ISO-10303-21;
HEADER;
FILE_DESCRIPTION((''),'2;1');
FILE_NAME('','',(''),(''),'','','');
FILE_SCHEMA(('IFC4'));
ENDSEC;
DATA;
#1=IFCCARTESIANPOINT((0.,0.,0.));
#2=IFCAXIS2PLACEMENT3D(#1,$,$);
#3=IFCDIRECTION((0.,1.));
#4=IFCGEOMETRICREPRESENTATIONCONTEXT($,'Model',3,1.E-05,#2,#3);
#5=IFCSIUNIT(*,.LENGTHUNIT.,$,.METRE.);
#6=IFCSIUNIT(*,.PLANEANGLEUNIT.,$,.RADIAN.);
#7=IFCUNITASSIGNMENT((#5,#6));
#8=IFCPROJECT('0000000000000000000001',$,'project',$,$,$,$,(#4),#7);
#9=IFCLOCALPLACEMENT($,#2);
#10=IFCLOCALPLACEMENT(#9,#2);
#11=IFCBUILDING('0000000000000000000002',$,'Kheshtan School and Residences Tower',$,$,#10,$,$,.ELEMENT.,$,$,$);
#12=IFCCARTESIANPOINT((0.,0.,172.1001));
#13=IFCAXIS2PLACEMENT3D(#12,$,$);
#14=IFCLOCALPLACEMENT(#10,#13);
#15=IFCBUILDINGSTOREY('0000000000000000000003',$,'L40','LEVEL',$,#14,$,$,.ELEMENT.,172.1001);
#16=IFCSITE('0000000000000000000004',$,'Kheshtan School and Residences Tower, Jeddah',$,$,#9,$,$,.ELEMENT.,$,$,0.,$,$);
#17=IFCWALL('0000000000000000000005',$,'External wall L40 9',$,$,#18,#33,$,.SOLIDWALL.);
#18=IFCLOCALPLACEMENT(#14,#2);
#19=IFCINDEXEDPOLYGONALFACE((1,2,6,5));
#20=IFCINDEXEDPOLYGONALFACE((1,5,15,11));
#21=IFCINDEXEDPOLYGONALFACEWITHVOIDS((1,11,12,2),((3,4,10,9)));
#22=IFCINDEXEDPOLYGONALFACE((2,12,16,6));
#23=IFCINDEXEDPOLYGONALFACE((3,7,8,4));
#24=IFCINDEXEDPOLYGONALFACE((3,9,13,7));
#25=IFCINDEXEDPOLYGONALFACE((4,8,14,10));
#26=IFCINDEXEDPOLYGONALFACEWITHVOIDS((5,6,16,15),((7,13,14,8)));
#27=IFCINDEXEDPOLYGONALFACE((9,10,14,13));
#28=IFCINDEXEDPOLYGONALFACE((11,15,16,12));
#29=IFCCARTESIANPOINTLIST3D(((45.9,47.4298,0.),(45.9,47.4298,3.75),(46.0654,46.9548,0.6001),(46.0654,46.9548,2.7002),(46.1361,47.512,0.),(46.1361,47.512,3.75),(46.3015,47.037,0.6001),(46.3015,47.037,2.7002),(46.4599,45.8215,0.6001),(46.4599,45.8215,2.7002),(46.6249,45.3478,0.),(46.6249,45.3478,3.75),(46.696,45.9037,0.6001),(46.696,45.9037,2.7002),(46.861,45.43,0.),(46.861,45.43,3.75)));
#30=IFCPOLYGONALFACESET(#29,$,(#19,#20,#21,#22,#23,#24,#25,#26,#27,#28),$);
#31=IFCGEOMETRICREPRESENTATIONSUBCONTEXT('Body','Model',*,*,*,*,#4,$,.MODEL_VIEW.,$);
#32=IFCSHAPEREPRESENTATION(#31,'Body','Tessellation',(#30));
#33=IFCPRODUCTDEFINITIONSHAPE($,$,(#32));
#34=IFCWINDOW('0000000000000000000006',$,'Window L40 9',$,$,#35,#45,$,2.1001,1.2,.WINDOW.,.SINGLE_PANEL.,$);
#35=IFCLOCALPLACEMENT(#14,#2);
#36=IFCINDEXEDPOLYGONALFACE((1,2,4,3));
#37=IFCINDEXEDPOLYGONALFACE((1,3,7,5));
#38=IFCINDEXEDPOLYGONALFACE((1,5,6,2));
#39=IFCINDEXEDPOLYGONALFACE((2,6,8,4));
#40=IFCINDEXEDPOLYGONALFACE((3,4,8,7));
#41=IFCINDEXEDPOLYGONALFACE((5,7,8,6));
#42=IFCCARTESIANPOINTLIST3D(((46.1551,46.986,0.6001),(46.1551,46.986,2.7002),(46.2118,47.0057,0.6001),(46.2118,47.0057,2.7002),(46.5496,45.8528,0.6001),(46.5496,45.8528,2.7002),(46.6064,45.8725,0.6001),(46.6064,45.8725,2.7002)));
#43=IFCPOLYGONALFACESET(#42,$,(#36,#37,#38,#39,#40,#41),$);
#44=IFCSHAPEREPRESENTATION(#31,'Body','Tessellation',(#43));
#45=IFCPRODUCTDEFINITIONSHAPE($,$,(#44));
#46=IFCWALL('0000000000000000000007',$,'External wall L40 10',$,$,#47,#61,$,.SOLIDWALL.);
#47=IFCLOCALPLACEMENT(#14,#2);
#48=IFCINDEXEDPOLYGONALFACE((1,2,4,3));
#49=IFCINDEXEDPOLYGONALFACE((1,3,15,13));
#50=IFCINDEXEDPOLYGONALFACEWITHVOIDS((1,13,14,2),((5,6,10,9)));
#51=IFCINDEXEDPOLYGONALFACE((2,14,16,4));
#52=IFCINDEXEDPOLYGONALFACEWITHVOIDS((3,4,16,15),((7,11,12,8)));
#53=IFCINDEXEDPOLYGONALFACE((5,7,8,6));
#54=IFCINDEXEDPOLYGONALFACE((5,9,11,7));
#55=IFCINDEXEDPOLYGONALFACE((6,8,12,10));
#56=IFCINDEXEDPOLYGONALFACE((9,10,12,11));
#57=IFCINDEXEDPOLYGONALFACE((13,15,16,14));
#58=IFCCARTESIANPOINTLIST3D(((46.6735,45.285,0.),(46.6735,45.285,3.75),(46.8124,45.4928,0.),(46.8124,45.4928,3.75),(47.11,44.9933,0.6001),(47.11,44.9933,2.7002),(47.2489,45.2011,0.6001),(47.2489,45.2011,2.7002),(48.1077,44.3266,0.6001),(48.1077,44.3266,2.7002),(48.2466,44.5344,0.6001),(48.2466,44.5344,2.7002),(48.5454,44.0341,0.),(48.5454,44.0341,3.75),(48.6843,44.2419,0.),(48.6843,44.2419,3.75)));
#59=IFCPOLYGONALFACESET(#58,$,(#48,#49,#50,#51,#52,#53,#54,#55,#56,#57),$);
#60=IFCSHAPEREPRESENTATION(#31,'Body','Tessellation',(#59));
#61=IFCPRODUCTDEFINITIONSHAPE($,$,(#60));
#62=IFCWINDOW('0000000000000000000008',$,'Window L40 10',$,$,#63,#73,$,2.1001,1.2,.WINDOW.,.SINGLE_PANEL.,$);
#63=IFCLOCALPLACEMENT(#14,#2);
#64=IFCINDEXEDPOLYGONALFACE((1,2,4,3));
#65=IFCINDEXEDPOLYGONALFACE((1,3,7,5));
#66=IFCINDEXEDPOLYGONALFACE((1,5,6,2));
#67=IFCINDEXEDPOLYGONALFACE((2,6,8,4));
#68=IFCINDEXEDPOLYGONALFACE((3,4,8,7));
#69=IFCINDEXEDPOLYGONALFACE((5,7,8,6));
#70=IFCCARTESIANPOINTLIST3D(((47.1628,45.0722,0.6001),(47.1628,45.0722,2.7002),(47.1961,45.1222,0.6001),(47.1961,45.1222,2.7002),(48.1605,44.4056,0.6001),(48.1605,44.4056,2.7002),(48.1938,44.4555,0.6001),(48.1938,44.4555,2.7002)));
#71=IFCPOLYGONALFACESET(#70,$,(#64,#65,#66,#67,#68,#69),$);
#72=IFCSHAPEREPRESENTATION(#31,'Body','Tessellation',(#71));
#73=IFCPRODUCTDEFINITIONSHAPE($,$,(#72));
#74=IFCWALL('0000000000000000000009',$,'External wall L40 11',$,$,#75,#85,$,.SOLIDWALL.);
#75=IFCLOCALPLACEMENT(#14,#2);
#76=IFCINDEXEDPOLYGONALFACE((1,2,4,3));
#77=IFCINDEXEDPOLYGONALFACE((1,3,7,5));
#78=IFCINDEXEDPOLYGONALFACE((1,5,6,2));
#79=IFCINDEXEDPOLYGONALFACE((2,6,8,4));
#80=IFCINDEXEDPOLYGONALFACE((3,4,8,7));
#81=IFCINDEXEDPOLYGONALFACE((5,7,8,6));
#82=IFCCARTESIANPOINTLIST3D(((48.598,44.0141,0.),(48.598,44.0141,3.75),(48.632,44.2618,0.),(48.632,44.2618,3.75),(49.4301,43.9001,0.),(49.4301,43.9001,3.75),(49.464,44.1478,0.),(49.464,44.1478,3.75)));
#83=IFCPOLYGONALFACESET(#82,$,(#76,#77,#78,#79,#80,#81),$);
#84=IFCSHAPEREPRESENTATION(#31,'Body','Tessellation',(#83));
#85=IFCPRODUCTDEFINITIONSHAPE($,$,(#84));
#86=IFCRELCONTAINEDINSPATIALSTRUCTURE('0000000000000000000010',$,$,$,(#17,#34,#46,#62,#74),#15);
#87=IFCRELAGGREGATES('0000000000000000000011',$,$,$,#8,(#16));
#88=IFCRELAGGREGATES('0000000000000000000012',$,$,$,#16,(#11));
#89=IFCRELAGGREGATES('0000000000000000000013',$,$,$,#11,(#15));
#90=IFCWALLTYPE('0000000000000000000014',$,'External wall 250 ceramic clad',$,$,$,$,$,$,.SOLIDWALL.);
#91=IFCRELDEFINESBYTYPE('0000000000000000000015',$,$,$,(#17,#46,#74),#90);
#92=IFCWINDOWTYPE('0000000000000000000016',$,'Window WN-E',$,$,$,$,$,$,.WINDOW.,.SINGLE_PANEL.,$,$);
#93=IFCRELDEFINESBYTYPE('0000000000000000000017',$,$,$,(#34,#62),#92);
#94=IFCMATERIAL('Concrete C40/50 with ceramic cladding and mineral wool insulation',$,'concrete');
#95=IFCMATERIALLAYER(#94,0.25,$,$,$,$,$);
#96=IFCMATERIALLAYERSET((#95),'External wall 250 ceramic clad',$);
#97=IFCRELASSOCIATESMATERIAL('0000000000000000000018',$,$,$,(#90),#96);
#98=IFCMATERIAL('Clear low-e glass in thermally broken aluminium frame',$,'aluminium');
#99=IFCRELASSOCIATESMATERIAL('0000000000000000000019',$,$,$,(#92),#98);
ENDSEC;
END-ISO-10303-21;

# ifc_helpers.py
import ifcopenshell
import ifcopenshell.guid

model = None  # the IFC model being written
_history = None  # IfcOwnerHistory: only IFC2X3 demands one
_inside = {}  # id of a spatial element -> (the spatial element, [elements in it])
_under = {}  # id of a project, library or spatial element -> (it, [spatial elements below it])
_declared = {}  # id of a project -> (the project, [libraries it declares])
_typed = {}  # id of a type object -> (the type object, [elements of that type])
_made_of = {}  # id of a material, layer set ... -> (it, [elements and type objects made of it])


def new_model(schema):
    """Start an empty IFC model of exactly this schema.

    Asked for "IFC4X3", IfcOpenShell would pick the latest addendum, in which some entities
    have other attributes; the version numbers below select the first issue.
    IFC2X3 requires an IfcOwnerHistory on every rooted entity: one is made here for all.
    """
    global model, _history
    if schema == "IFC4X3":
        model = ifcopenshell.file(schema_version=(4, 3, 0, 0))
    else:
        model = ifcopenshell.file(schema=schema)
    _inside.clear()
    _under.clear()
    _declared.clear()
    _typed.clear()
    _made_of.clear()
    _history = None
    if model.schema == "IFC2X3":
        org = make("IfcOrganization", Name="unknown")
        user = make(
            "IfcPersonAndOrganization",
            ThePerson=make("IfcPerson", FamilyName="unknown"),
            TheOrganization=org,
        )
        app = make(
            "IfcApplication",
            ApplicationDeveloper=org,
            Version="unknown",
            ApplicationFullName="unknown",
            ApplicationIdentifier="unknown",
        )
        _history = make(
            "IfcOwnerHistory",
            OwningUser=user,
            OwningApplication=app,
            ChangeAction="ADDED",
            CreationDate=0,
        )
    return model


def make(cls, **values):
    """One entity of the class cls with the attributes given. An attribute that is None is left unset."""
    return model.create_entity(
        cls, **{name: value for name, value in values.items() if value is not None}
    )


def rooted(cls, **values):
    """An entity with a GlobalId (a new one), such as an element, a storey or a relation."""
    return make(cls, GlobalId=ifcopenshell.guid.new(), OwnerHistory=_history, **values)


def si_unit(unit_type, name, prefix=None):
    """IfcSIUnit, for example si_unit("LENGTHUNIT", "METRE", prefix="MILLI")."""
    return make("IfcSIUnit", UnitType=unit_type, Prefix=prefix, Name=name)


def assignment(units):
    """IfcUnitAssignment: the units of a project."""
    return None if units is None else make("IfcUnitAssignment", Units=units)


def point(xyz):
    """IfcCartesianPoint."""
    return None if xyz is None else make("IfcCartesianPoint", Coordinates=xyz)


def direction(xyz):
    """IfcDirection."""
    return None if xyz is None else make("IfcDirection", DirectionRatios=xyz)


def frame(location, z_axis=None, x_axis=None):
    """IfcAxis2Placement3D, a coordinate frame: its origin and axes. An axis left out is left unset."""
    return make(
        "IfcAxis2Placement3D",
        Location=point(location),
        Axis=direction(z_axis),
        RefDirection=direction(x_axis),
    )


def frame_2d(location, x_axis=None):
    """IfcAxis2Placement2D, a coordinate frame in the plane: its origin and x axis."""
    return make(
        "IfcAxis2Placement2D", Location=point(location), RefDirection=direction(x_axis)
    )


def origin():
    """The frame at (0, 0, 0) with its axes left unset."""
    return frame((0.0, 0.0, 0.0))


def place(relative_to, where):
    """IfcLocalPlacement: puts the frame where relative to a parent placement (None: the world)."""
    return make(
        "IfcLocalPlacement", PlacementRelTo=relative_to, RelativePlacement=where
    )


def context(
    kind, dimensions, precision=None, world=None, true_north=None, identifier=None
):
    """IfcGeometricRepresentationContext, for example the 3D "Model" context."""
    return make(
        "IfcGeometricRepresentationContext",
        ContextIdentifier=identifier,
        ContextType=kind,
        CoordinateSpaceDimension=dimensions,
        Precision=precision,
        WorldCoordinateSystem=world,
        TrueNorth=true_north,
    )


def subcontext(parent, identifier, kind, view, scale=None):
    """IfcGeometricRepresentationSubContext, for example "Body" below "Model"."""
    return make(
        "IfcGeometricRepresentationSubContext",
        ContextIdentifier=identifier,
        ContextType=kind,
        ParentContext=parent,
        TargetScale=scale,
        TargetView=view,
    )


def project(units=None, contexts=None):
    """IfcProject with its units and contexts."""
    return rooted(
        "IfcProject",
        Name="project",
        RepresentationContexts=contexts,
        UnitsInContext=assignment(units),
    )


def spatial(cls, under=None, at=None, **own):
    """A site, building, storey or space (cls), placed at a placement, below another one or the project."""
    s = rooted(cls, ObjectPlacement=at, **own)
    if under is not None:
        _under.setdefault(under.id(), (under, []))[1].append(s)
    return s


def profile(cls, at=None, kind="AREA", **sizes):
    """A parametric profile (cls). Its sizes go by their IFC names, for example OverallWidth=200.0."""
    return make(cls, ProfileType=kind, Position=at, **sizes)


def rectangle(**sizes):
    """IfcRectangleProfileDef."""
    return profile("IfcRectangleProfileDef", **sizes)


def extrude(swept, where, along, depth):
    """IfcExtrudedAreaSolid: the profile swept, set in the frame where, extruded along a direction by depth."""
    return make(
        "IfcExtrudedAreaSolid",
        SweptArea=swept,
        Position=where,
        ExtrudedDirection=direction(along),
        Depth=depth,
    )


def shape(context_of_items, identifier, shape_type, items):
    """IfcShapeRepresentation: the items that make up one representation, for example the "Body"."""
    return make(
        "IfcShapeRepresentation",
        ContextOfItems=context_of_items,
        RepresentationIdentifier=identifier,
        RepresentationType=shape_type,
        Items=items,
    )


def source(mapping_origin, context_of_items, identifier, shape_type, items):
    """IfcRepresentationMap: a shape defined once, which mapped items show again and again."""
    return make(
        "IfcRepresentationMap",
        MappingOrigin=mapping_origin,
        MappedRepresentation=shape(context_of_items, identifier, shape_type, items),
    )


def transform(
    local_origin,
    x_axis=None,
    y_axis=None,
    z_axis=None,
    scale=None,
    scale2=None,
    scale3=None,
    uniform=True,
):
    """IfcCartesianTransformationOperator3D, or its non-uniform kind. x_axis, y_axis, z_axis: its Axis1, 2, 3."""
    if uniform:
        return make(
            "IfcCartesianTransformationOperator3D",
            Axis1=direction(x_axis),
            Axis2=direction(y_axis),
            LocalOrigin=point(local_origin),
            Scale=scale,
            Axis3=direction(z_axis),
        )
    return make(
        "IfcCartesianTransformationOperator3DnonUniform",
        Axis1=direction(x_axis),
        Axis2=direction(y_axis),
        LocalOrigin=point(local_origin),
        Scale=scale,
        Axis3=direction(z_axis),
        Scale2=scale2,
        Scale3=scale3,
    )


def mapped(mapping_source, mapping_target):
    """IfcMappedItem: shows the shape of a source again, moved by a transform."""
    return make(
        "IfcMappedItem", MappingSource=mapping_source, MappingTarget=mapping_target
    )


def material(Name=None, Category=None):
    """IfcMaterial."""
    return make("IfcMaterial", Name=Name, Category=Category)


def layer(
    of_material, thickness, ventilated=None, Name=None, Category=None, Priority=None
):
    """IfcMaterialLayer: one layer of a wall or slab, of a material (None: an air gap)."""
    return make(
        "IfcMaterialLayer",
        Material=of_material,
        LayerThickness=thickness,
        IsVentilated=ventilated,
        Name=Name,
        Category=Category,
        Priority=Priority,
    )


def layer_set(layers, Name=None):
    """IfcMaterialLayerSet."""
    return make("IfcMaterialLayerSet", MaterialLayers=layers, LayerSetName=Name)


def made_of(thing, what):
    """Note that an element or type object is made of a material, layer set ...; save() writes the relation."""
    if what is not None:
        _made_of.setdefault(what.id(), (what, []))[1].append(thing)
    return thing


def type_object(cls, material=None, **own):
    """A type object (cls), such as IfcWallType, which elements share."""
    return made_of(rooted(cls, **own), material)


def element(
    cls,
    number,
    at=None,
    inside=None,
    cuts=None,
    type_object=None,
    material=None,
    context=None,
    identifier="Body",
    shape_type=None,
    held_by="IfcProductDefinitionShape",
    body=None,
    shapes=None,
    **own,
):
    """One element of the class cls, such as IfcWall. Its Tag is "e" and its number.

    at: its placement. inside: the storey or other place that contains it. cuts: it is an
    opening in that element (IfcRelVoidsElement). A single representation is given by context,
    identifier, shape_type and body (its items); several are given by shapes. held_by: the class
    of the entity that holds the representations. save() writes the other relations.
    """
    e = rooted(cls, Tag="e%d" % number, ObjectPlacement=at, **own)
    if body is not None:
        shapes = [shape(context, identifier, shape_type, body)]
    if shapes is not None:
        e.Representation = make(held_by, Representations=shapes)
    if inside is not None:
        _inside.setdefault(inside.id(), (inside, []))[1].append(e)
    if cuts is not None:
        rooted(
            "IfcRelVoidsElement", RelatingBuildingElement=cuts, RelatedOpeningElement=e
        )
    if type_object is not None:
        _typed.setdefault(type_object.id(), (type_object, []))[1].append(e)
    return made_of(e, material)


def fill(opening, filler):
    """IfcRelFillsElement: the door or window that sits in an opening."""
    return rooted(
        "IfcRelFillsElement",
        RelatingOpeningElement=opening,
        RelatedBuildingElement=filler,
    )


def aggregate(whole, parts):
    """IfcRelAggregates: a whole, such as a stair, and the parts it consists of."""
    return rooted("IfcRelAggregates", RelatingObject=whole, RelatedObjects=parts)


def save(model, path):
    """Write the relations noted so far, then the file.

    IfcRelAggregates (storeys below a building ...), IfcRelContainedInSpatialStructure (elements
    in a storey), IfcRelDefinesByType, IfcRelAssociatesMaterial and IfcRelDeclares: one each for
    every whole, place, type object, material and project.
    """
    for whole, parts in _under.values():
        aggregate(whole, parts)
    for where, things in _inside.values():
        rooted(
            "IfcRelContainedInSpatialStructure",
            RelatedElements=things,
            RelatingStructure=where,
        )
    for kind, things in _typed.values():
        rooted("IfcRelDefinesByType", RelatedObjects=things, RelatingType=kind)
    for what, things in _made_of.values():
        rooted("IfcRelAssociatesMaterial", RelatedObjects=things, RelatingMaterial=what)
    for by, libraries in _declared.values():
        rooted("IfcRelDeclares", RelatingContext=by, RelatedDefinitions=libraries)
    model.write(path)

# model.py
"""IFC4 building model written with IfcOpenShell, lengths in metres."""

from ifc_helpers import new_model, si_unit, direction, frame, frame_2d, origin, place, context, subcontext, project, spatial, rectangle, extrude, source, transform, mapped, material, layer, layer_set, type_object, element, fill, save


model = new_model("IFC4")

# Units and contexts
model_context = context("Model", 3, precision=1e-05, world=origin(), true_north=direction((0.0, 1.0)))
body_context = subcontext(model_context, "Body", "Model", "MODEL_VIEW")
ifc_project = project(units=[si_unit("LENGTHUNIT", "METRE"), si_unit("PLANEANGLEUNIT", "RADIAN")], contexts=[model_context])

# Site, building, storey
site_placement = place(None, origin())
site = spatial("IfcSite", under=ifc_project, at=site_placement, Name="Kheshtan School and Residences Tower, Jeddah", CompositionType="ELEMENT", RefElevation=0.0)
building_placement = place(site_placement, origin())
building = spatial("IfcBuilding", under=site, at=building_placement, Name="Kheshtan School and Residences Tower", CompositionType="ELEMENT")
storey_placement = place(building_placement, frame((0.0, 0.0, 172.1001)))
storey = spatial("IfcBuildingStorey", under=building, at=storey_placement, Name="L40", Description="LEVEL", CompositionType="ELEMENT", Elevation=172.1001)

# Shared definitions
ifc_material_1 = material(Name="Clear low-e glass in thermally broken aluminium frame", Category="aluminium")

# Walls, openings, windows
ifc_material_2 = material(Name="Concrete C40/50 with ceramic cladding and mineral wool insulation", Category="concrete")
ifc_layer_1 = layer(ifc_material_2, 0.25)
ifc_layer_set_1 = layer_set([ifc_layer_1], Name="External wall 250 ceramic clad")
wall_type = type_object("IfcWallType", Name="External wall 250 ceramic clad", PredefinedType="SOLIDWALL", material=ifc_layer_set_1)
wall_1_placement = place(storey_placement, frame((46.0181, 47.4709, 0.0), z_axis=(0.0, 0.0, 1.0), x_axis=(0.328791, -0.944403, 0.0)))
wall_1 = element("IfcWall", 1, at=wall_1_placement, inside=storey, type_object=wall_type, Name="External wall L40 9", PredefinedType="SOLIDWALL", context=body_context, shape_type="SweptSolid", body=[
    extrude(rectangle(XDim=2.2046, YDim=0.25, at=frame_2d((1.1023, 0.0))), origin(), (0.0, 0.0, 1.0), 3.75),
])
opening_1_placement = place(wall_1_placement, frame((0.5029, 0.0, 0.6001)))
opening_1 = element("IfcOpeningElement", 2, at=opening_1_placement, cuts=wall_1, PredefinedType="OPENING", context=body_context, shape_type="SweptSolid", body=[
    extrude(rectangle(XDim=1.2, YDim=2.1001, at=frame_2d((0.6001, 1.05))), frame((0.0, 0.135, 0.0), z_axis=(0.0, -1.0, 0.0), x_axis=(1.0, 0.0, 0.0)), (0.0, 0.0, 1.0), 0.27),
])
window_type = type_object("IfcWindowType", Name="Window WN-E", PartitioningType="SINGLE_PANEL", PredefinedType="WINDOW", material=ifc_material_1)
shared_shape = source(origin(), body_context, "Body", "SweptSolid", [
    extrude(rectangle(XDim=1.2, YDim=2.1001, at=frame_2d((0.6001, 1.05))), frame((0.0, 0.03, 0.0), z_axis=(0.0, -1.0, 0.0), x_axis=(1.0, 0.0, 0.0)), (0.0, 0.0, 1.0), 0.0601),
])
window_1_placement = place(opening_1_placement, origin())
window_1 = element("IfcWindow", 3, at=window_1_placement, inside=storey, type_object=window_type, Name="Window L40 9", OverallHeight=2.1001, OverallWidth=1.2, PartitioningType="SINGLE_PANEL", PredefinedType="WINDOW", context=body_context, shape_type="MappedRepresentation", body=[
    mapped(shared_shape, transform((0.0, 0.0, 0.0), x_axis=(1.0, 0.0, 0.0), y_axis=(0.0, 1.0, 0.0), z_axis=(0.0, 0.0, 1.0), scale=1.0)),
])
fill(opening_1, window_1)
wall_2_placement = place(storey_placement, frame((46.7429, 45.3889, 0.0), z_axis=(0.0, 0.0, 1.0), x_axis=(0.831449, -0.555601, 0.0)))
wall_2 = element("IfcWall", 4, at=wall_2_placement, inside=storey, type_object=wall_type, Name="External wall L40 10", PredefinedType="SOLIDWALL", context=body_context, shape_type="SweptSolid", body=[
    extrude(rectangle(XDim=2.2515, YDim=0.25, at=frame_2d((1.1257, 0.0))), origin(), (0.0, 0.0, 1.0), 3.75),
])
opening_2_placement = place(wall_2_placement, frame((0.5249, 0.0, 0.6001)))
opening_2 = element("IfcOpeningElement", 5, at=opening_2_placement, cuts=wall_2, PredefinedType="OPENING", context=body_context, shape_type="SweptSolid", body=[
    extrude(rectangle(XDim=1.2, YDim=2.1001, at=frame_2d((0.6001, 1.05))), frame((0.0, 0.135, 0.0), z_axis=(0.0, -1.0, 0.0), x_axis=(1.0, 0.0, 0.0)), (0.0, 0.0, 1.0), 0.27),
])
window_2_placement = place(opening_2_placement, origin())
window_2 = element("IfcWindow", 6, at=window_2_placement, inside=storey, type_object=window_type, Name="Window L40 10", OverallHeight=2.1001, OverallWidth=1.2, PartitioningType="SINGLE_PANEL", PredefinedType="WINDOW", context=body_context, shape_type="MappedRepresentation", body=[
    mapped(shared_shape, transform((0.0, 0.0, 0.0), x_axis=(1.0, 0.0, 0.0), y_axis=(0.0, 1.0, 0.0), z_axis=(0.0, 0.0, 1.0), scale=1.0)),
])
fill(opening_2, window_2)

# Wall
wall_3_placement = place(storey_placement, frame((48.615, 44.1379, 0.0), z_axis=(0.0, 0.0, 1.0), x_axis=(0.990742, -0.135762, 0.0)))
element("IfcWall", 7, at=wall_3_placement, inside=storey, type_object=wall_type, Name="External wall L40 11", PredefinedType="SOLIDWALL", context=body_context, shape_type="SweptSolid", body=[
    extrude(rectangle(XDim=0.8398, YDim=0.25, at=frame_2d((0.4199, 0.0))), origin(), (0.0, 0.0, 1.0), 3.75),
])

save(model, "model.ifc")
